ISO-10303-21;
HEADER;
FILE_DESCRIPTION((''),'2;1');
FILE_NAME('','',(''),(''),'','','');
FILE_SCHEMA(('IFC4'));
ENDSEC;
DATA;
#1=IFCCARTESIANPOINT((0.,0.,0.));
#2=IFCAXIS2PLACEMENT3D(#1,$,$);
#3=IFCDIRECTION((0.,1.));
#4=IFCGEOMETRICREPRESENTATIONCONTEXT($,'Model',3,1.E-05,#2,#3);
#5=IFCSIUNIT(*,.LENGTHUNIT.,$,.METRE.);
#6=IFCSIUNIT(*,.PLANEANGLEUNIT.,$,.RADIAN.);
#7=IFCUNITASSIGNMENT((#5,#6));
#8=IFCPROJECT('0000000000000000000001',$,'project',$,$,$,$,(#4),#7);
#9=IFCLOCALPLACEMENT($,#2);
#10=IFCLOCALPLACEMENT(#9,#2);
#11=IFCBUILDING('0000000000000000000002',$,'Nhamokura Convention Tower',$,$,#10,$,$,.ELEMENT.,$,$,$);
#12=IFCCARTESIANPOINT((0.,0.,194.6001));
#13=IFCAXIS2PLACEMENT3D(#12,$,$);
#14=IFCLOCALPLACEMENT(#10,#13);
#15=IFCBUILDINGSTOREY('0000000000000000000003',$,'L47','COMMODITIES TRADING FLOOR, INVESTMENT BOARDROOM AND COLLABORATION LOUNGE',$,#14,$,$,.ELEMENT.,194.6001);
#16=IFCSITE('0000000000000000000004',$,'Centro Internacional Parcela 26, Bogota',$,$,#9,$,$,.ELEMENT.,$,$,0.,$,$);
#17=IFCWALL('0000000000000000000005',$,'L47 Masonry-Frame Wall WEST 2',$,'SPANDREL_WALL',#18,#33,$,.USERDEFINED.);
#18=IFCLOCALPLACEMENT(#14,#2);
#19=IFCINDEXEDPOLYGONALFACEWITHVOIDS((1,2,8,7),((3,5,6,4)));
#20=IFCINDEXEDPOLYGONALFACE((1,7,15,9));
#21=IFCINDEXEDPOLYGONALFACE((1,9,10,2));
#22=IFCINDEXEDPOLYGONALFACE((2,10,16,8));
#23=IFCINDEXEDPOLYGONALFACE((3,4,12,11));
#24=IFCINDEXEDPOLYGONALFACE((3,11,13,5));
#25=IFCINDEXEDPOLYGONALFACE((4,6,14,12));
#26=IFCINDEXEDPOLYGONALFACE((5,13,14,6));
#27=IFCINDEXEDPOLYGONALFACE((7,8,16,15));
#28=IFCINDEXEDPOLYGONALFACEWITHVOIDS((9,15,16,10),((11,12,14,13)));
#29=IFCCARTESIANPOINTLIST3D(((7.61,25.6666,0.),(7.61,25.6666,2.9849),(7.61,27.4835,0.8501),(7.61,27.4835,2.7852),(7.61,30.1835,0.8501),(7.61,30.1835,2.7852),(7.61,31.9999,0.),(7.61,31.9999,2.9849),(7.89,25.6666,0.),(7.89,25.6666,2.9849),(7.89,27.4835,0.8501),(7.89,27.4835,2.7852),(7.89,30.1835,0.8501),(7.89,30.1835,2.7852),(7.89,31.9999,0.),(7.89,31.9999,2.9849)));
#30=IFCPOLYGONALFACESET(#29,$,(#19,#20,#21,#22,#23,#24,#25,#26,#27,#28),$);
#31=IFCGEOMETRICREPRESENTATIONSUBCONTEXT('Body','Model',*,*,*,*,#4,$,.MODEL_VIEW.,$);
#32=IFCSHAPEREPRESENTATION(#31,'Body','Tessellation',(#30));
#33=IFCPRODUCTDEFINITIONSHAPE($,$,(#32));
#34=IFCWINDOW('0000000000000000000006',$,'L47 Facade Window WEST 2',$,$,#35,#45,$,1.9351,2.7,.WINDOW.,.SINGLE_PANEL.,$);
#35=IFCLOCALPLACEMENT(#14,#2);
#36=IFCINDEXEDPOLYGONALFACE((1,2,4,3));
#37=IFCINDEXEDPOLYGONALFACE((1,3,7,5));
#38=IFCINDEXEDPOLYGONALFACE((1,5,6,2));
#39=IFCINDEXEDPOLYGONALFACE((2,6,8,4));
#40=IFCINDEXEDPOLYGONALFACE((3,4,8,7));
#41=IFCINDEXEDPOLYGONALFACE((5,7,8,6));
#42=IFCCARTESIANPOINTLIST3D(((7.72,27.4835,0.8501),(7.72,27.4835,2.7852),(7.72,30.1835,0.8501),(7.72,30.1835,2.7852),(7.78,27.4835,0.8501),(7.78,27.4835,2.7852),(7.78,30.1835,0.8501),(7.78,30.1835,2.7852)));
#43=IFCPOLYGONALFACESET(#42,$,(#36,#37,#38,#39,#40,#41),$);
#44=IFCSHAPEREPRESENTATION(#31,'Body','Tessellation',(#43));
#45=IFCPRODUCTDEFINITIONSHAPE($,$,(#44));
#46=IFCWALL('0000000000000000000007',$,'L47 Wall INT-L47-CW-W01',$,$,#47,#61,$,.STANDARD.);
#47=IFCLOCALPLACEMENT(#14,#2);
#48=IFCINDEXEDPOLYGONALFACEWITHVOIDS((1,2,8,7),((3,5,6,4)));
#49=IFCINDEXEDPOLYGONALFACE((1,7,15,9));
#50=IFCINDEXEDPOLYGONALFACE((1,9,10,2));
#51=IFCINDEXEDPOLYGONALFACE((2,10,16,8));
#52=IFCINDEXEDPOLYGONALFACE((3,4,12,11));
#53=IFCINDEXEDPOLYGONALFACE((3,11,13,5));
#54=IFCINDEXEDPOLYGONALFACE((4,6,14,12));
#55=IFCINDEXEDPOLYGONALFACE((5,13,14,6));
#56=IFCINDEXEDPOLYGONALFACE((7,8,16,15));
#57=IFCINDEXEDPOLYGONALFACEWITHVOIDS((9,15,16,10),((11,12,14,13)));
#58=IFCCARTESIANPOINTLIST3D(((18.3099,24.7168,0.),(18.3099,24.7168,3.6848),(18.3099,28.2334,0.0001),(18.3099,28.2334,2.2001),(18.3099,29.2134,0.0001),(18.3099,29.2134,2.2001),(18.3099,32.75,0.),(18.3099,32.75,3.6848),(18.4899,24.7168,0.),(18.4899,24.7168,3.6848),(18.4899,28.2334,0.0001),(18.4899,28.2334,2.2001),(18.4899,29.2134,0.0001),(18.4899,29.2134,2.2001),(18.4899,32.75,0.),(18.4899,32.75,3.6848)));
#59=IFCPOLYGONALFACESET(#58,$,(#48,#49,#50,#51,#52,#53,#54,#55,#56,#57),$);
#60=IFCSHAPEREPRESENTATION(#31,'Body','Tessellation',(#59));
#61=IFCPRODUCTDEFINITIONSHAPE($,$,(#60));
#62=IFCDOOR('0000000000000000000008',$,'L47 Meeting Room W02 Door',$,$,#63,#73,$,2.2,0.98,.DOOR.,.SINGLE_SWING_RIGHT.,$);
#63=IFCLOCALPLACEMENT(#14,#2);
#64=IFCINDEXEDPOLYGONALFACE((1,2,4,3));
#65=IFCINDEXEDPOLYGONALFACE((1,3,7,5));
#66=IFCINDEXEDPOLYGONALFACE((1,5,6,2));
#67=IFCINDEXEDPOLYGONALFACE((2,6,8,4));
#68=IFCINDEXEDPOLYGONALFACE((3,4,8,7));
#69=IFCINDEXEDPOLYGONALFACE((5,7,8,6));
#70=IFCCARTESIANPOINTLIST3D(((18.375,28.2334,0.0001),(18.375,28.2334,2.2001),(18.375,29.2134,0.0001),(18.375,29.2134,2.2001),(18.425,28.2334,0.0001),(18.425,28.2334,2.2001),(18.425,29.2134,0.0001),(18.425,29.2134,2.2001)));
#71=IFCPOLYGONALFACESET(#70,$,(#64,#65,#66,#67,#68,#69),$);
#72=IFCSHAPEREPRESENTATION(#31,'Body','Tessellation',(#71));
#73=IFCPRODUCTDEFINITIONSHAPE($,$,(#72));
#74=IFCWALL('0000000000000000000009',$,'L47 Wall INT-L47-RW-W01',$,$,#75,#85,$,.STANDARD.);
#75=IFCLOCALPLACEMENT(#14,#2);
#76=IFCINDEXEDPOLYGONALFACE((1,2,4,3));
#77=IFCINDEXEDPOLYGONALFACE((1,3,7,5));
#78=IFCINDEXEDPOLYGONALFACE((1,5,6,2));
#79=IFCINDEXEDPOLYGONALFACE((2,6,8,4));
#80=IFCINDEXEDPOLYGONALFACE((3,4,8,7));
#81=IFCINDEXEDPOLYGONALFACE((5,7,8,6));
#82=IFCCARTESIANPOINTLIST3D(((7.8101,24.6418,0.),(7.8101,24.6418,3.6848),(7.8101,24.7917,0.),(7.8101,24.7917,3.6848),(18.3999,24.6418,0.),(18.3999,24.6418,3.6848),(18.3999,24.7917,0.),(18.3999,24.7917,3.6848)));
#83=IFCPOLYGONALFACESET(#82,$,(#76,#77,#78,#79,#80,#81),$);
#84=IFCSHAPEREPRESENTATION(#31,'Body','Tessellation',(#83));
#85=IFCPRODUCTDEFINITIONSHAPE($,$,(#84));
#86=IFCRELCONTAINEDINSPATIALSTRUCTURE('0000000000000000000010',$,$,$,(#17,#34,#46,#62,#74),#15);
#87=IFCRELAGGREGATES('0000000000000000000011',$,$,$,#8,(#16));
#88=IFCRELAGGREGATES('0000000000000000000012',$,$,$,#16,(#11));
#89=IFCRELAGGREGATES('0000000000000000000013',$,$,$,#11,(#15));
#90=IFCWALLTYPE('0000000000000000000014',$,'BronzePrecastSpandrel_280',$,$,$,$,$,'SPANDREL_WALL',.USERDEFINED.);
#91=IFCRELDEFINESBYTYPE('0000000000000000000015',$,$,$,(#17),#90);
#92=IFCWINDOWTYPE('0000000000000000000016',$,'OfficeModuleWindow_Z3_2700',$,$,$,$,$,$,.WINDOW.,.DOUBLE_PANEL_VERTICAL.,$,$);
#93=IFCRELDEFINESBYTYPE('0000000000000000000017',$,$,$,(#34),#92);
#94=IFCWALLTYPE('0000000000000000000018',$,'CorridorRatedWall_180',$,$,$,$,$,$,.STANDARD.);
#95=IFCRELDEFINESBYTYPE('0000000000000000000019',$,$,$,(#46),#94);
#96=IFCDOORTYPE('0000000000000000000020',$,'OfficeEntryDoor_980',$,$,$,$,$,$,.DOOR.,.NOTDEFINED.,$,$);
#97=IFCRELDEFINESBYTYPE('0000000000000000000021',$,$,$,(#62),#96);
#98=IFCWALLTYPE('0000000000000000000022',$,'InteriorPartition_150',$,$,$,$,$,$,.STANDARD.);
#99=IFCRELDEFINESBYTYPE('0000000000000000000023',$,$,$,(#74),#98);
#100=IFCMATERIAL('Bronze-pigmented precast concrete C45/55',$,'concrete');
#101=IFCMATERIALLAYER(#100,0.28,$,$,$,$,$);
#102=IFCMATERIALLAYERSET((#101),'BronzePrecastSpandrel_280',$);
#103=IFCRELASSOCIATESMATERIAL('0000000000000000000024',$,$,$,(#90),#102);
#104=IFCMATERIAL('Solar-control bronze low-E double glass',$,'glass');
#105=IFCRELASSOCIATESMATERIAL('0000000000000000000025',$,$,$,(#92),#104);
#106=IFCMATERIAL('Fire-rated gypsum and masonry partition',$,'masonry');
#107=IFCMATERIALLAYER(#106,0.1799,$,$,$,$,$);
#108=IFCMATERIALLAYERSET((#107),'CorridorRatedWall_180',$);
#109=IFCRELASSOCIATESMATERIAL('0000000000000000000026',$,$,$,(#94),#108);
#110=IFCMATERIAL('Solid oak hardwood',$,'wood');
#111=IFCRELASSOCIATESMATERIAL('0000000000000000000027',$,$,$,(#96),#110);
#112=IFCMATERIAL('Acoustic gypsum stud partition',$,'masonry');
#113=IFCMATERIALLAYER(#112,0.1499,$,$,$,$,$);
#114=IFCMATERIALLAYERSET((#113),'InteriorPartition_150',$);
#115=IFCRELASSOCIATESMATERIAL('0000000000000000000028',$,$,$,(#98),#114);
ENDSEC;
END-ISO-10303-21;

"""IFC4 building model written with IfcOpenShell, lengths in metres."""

from ifc_helpers import new_model, si_unit, direction, frame, frame_2d, origin, place, context, subcontext, project, spatial, rectangle, extrude, material, layer, layer_set, type_object, element, fill, save


model = new_model("IFC4")

# Units and contexts
model_context = context("Model", 3, precision=1e-05, world=origin(), true_north=direction((0.0, 1.0)))
body_context = subcontext(model_context, "Body", "Model", "MODEL_VIEW")
ifc_project = project(units=[si_unit("LENGTHUNIT", "METRE"), si_unit("PLANEANGLEUNIT", "RADIAN")], contexts=[model_context])

# Site, building, storey
site_placement = place(None, origin())
site = spatial("IfcSite", under=ifc_project, at=site_placement, Name="Centro Internacional Parcela 26, Bogota", CompositionType="ELEMENT", RefElevation=0.0)
building_placement = place(site_placement, origin())
building = spatial("IfcBuilding", under=site, at=building_placement, Name="Nhamokura Convention Tower", CompositionType="ELEMENT")
storey_placement = place(building_placement, frame((0.0, 0.0, 194.6001)))
storey = spatial("IfcBuildingStorey", under=building, at=storey_placement, Name="L47", Description="COMMODITIES TRADING FLOOR, INVESTMENT BOARDROOM AND COLLABORATION LOUNGE", CompositionType="ELEMENT", Elevation=194.6001)

# Wall, opening, window
ifc_material_1 = material(Name="Bronze-pigmented precast concrete C45/55", Category="concrete")
ifc_layer_1 = layer(ifc_material_1, 0.28)
ifc_layer_set_1 = layer_set([ifc_layer_1], Name="BronzePrecastSpandrel_280")
wall_type_1 = type_object("IfcWallType", Name="BronzePrecastSpandrel_280", ElementType="SPANDREL_WALL", PredefinedType="USERDEFINED", material=ifc_layer_set_1)
wall_1_placement = place(storey_placement, frame((7.75, 25.6667, 0.0), z_axis=(0.0, 0.0, 1.0), x_axis=(0.0, 1.0, 0.0)))
wall_1 = element("IfcWall", 1, at=wall_1_placement, inside=storey, type_object=wall_type_1, Name="L47 Masonry-Frame Wall WEST 2", ObjectType="SPANDREL_WALL", PredefinedType="USERDEFINED", context=body_context, shape_type="SweptSolid", body=[
    extrude(rectangle(XDim=6.3333, YDim=0.28, at=frame_2d((3.1665, 0.0))), origin(), (0.0, 0.0, 1.0), 2.9849),
])
opening_1_placement = place(wall_1_placement, frame((1.8167, 0.0, 0.8501)))
opening_1 = element("IfcOpeningElement", 2, at=opening_1_placement, cuts=wall_1, PredefinedType="OPENING", context=body_context, shape_type="SweptSolid", body=[
    extrude(rectangle(XDim=2.7, YDim=1.9351, at=frame_2d((1.3501, 0.9675))), frame((0.0, 0.1499, 0.0), z_axis=(0.0, -1.0, 0.0), x_axis=(1.0, 0.0, 0.0)), (0.0, 0.0, 1.0), 0.3),
])
ifc_material_2 = material(Name="Solar-control bronze low-E double glass", Category="glass")
window_type_1 = type_object("IfcWindowType", Name="OfficeModuleWindow_Z3_2700", PartitioningType="DOUBLE_PANEL_VERTICAL", PredefinedType="WINDOW", material=ifc_material_2)
window_1_placement = place(opening_1_placement, origin())
window_1 = element("IfcWindow", 3, at=window_1_placement, inside=storey, type_object=window_type_1, Name="L47 Facade Window WEST 2", OverallHeight=1.9351, OverallWidth=2.7, PartitioningType="SINGLE_PANEL", PredefinedType="WINDOW", context=body_context, shape_type="SweptSolid", body=[
    extrude(rectangle(XDim=2.7, YDim=1.9351, at=frame_2d((1.3501, 0.9675))), frame((0.0, 0.03, 0.0), z_axis=(0.0, -1.0, 0.0), x_axis=(1.0, 0.0, 0.0)), (0.0, 0.0, 1.0), 0.0601),
])
fill(opening_1, window_1)

# Wall, opening, door
ifc_material_3 = material(Name="Fire-rated gypsum and masonry partition", Category="masonry")
ifc_layer_2 = layer(ifc_material_3, 0.1799)
ifc_layer_set_2 = layer_set([ifc_layer_2], Name="CorridorRatedWall_180")
wall_type_2 = type_object("IfcWallType", Name="CorridorRatedWall_180", PredefinedType="STANDARD", material=ifc_layer_set_2)
wall_2_placement = place(storey_placement, frame((18.3999, 24.7168, 0.0), z_axis=(0.0, 0.0, 1.0), x_axis=(0.0, 1.0, 0.0)))
wall_2 = element("IfcWall", 4, at=wall_2_placement, inside=storey, type_object=wall_type_2, Name="L47 Wall INT-L47-CW-W01", PredefinedType="STANDARD", context=body_context, shape_type="SweptSolid", body=[
    extrude(rectangle(XDim=8.0332, YDim=0.1799, at=frame_2d((4.0166, 0.0))), origin(), (0.0, 0.0, 1.0), 3.6848),
])
opening_2_placement = place(wall_2_placement, frame((3.5166, 0.0, 0.0)))
opening_2 = element("IfcOpeningElement", 5, at=opening_2_placement, cuts=wall_2, PredefinedType="OPENING", context=body_context, shape_type="SweptSolid", body=[
    extrude(rectangle(XDim=0.98, YDim=2.2, at=frame_2d((0.49, 1.1001))), frame((0.0, 0.0999, 0.0), z_axis=(0.0, -1.0, 0.0), x_axis=(1.0, 0.0, 0.0)), (0.0, 0.0, 1.0), 0.2),
])
ifc_material_4 = material(Name="Solid oak hardwood", Category="wood")
door_type_1 = type_object("IfcDoorType", Name="OfficeEntryDoor_980", OperationType="NOTDEFINED", PredefinedType="DOOR", material=ifc_material_4)
door_1_placement = place(opening_2_placement, origin())
door_1 = element("IfcDoor", 6, at=door_1_placement, inside=storey, type_object=door_type_1, Name="L47 Meeting Room W02 Door", OperationType="SINGLE_SWING_RIGHT", OverallHeight=2.2, OverallWidth=0.98, PredefinedType="DOOR", context=body_context, shape_type="SweptSolid", body=[
    extrude(rectangle(XDim=0.98, YDim=2.2, at=frame_2d((0.49, 1.1001))), frame((0.0, 0.0249, 0.0), z_axis=(0.0, -1.0, 0.0), x_axis=(1.0, 0.0, 0.0)), (0.0, 0.0, 1.0), 0.05),
])
fill(opening_2, door_1)

# Wall
ifc_material_5 = material(Name="Acoustic gypsum stud partition", Category="masonry")
ifc_layer_3 = layer(ifc_material_5, 0.1499)
ifc_layer_set_3 = layer_set([ifc_layer_3], Name="InteriorPartition_150")
wall_type_3 = type_object("IfcWallType", Name="InteriorPartition_150", PredefinedType="STANDARD", material=ifc_layer_set_3)
wall_3_placement = place(storey_placement, frame((7.8101, 24.7168, 0.0), z_axis=(0.0, 0.0, 1.0), x_axis=(1.0, 0.0, 0.0)))
element("IfcWall", 7, at=wall_3_placement, inside=storey, type_object=wall_type_3, Name="L47 Wall INT-L47-RW-W01", PredefinedType="STANDARD", context=body_context, shape_type="SweptSolid", body=[
    extrude(rectangle(XDim=10.5898, YDim=0.1499, at=frame_2d((5.2949, 0.0))), origin(), (0.0, 0.0, 1.0), 3.6848),
])

save(model, "model.ifc")
